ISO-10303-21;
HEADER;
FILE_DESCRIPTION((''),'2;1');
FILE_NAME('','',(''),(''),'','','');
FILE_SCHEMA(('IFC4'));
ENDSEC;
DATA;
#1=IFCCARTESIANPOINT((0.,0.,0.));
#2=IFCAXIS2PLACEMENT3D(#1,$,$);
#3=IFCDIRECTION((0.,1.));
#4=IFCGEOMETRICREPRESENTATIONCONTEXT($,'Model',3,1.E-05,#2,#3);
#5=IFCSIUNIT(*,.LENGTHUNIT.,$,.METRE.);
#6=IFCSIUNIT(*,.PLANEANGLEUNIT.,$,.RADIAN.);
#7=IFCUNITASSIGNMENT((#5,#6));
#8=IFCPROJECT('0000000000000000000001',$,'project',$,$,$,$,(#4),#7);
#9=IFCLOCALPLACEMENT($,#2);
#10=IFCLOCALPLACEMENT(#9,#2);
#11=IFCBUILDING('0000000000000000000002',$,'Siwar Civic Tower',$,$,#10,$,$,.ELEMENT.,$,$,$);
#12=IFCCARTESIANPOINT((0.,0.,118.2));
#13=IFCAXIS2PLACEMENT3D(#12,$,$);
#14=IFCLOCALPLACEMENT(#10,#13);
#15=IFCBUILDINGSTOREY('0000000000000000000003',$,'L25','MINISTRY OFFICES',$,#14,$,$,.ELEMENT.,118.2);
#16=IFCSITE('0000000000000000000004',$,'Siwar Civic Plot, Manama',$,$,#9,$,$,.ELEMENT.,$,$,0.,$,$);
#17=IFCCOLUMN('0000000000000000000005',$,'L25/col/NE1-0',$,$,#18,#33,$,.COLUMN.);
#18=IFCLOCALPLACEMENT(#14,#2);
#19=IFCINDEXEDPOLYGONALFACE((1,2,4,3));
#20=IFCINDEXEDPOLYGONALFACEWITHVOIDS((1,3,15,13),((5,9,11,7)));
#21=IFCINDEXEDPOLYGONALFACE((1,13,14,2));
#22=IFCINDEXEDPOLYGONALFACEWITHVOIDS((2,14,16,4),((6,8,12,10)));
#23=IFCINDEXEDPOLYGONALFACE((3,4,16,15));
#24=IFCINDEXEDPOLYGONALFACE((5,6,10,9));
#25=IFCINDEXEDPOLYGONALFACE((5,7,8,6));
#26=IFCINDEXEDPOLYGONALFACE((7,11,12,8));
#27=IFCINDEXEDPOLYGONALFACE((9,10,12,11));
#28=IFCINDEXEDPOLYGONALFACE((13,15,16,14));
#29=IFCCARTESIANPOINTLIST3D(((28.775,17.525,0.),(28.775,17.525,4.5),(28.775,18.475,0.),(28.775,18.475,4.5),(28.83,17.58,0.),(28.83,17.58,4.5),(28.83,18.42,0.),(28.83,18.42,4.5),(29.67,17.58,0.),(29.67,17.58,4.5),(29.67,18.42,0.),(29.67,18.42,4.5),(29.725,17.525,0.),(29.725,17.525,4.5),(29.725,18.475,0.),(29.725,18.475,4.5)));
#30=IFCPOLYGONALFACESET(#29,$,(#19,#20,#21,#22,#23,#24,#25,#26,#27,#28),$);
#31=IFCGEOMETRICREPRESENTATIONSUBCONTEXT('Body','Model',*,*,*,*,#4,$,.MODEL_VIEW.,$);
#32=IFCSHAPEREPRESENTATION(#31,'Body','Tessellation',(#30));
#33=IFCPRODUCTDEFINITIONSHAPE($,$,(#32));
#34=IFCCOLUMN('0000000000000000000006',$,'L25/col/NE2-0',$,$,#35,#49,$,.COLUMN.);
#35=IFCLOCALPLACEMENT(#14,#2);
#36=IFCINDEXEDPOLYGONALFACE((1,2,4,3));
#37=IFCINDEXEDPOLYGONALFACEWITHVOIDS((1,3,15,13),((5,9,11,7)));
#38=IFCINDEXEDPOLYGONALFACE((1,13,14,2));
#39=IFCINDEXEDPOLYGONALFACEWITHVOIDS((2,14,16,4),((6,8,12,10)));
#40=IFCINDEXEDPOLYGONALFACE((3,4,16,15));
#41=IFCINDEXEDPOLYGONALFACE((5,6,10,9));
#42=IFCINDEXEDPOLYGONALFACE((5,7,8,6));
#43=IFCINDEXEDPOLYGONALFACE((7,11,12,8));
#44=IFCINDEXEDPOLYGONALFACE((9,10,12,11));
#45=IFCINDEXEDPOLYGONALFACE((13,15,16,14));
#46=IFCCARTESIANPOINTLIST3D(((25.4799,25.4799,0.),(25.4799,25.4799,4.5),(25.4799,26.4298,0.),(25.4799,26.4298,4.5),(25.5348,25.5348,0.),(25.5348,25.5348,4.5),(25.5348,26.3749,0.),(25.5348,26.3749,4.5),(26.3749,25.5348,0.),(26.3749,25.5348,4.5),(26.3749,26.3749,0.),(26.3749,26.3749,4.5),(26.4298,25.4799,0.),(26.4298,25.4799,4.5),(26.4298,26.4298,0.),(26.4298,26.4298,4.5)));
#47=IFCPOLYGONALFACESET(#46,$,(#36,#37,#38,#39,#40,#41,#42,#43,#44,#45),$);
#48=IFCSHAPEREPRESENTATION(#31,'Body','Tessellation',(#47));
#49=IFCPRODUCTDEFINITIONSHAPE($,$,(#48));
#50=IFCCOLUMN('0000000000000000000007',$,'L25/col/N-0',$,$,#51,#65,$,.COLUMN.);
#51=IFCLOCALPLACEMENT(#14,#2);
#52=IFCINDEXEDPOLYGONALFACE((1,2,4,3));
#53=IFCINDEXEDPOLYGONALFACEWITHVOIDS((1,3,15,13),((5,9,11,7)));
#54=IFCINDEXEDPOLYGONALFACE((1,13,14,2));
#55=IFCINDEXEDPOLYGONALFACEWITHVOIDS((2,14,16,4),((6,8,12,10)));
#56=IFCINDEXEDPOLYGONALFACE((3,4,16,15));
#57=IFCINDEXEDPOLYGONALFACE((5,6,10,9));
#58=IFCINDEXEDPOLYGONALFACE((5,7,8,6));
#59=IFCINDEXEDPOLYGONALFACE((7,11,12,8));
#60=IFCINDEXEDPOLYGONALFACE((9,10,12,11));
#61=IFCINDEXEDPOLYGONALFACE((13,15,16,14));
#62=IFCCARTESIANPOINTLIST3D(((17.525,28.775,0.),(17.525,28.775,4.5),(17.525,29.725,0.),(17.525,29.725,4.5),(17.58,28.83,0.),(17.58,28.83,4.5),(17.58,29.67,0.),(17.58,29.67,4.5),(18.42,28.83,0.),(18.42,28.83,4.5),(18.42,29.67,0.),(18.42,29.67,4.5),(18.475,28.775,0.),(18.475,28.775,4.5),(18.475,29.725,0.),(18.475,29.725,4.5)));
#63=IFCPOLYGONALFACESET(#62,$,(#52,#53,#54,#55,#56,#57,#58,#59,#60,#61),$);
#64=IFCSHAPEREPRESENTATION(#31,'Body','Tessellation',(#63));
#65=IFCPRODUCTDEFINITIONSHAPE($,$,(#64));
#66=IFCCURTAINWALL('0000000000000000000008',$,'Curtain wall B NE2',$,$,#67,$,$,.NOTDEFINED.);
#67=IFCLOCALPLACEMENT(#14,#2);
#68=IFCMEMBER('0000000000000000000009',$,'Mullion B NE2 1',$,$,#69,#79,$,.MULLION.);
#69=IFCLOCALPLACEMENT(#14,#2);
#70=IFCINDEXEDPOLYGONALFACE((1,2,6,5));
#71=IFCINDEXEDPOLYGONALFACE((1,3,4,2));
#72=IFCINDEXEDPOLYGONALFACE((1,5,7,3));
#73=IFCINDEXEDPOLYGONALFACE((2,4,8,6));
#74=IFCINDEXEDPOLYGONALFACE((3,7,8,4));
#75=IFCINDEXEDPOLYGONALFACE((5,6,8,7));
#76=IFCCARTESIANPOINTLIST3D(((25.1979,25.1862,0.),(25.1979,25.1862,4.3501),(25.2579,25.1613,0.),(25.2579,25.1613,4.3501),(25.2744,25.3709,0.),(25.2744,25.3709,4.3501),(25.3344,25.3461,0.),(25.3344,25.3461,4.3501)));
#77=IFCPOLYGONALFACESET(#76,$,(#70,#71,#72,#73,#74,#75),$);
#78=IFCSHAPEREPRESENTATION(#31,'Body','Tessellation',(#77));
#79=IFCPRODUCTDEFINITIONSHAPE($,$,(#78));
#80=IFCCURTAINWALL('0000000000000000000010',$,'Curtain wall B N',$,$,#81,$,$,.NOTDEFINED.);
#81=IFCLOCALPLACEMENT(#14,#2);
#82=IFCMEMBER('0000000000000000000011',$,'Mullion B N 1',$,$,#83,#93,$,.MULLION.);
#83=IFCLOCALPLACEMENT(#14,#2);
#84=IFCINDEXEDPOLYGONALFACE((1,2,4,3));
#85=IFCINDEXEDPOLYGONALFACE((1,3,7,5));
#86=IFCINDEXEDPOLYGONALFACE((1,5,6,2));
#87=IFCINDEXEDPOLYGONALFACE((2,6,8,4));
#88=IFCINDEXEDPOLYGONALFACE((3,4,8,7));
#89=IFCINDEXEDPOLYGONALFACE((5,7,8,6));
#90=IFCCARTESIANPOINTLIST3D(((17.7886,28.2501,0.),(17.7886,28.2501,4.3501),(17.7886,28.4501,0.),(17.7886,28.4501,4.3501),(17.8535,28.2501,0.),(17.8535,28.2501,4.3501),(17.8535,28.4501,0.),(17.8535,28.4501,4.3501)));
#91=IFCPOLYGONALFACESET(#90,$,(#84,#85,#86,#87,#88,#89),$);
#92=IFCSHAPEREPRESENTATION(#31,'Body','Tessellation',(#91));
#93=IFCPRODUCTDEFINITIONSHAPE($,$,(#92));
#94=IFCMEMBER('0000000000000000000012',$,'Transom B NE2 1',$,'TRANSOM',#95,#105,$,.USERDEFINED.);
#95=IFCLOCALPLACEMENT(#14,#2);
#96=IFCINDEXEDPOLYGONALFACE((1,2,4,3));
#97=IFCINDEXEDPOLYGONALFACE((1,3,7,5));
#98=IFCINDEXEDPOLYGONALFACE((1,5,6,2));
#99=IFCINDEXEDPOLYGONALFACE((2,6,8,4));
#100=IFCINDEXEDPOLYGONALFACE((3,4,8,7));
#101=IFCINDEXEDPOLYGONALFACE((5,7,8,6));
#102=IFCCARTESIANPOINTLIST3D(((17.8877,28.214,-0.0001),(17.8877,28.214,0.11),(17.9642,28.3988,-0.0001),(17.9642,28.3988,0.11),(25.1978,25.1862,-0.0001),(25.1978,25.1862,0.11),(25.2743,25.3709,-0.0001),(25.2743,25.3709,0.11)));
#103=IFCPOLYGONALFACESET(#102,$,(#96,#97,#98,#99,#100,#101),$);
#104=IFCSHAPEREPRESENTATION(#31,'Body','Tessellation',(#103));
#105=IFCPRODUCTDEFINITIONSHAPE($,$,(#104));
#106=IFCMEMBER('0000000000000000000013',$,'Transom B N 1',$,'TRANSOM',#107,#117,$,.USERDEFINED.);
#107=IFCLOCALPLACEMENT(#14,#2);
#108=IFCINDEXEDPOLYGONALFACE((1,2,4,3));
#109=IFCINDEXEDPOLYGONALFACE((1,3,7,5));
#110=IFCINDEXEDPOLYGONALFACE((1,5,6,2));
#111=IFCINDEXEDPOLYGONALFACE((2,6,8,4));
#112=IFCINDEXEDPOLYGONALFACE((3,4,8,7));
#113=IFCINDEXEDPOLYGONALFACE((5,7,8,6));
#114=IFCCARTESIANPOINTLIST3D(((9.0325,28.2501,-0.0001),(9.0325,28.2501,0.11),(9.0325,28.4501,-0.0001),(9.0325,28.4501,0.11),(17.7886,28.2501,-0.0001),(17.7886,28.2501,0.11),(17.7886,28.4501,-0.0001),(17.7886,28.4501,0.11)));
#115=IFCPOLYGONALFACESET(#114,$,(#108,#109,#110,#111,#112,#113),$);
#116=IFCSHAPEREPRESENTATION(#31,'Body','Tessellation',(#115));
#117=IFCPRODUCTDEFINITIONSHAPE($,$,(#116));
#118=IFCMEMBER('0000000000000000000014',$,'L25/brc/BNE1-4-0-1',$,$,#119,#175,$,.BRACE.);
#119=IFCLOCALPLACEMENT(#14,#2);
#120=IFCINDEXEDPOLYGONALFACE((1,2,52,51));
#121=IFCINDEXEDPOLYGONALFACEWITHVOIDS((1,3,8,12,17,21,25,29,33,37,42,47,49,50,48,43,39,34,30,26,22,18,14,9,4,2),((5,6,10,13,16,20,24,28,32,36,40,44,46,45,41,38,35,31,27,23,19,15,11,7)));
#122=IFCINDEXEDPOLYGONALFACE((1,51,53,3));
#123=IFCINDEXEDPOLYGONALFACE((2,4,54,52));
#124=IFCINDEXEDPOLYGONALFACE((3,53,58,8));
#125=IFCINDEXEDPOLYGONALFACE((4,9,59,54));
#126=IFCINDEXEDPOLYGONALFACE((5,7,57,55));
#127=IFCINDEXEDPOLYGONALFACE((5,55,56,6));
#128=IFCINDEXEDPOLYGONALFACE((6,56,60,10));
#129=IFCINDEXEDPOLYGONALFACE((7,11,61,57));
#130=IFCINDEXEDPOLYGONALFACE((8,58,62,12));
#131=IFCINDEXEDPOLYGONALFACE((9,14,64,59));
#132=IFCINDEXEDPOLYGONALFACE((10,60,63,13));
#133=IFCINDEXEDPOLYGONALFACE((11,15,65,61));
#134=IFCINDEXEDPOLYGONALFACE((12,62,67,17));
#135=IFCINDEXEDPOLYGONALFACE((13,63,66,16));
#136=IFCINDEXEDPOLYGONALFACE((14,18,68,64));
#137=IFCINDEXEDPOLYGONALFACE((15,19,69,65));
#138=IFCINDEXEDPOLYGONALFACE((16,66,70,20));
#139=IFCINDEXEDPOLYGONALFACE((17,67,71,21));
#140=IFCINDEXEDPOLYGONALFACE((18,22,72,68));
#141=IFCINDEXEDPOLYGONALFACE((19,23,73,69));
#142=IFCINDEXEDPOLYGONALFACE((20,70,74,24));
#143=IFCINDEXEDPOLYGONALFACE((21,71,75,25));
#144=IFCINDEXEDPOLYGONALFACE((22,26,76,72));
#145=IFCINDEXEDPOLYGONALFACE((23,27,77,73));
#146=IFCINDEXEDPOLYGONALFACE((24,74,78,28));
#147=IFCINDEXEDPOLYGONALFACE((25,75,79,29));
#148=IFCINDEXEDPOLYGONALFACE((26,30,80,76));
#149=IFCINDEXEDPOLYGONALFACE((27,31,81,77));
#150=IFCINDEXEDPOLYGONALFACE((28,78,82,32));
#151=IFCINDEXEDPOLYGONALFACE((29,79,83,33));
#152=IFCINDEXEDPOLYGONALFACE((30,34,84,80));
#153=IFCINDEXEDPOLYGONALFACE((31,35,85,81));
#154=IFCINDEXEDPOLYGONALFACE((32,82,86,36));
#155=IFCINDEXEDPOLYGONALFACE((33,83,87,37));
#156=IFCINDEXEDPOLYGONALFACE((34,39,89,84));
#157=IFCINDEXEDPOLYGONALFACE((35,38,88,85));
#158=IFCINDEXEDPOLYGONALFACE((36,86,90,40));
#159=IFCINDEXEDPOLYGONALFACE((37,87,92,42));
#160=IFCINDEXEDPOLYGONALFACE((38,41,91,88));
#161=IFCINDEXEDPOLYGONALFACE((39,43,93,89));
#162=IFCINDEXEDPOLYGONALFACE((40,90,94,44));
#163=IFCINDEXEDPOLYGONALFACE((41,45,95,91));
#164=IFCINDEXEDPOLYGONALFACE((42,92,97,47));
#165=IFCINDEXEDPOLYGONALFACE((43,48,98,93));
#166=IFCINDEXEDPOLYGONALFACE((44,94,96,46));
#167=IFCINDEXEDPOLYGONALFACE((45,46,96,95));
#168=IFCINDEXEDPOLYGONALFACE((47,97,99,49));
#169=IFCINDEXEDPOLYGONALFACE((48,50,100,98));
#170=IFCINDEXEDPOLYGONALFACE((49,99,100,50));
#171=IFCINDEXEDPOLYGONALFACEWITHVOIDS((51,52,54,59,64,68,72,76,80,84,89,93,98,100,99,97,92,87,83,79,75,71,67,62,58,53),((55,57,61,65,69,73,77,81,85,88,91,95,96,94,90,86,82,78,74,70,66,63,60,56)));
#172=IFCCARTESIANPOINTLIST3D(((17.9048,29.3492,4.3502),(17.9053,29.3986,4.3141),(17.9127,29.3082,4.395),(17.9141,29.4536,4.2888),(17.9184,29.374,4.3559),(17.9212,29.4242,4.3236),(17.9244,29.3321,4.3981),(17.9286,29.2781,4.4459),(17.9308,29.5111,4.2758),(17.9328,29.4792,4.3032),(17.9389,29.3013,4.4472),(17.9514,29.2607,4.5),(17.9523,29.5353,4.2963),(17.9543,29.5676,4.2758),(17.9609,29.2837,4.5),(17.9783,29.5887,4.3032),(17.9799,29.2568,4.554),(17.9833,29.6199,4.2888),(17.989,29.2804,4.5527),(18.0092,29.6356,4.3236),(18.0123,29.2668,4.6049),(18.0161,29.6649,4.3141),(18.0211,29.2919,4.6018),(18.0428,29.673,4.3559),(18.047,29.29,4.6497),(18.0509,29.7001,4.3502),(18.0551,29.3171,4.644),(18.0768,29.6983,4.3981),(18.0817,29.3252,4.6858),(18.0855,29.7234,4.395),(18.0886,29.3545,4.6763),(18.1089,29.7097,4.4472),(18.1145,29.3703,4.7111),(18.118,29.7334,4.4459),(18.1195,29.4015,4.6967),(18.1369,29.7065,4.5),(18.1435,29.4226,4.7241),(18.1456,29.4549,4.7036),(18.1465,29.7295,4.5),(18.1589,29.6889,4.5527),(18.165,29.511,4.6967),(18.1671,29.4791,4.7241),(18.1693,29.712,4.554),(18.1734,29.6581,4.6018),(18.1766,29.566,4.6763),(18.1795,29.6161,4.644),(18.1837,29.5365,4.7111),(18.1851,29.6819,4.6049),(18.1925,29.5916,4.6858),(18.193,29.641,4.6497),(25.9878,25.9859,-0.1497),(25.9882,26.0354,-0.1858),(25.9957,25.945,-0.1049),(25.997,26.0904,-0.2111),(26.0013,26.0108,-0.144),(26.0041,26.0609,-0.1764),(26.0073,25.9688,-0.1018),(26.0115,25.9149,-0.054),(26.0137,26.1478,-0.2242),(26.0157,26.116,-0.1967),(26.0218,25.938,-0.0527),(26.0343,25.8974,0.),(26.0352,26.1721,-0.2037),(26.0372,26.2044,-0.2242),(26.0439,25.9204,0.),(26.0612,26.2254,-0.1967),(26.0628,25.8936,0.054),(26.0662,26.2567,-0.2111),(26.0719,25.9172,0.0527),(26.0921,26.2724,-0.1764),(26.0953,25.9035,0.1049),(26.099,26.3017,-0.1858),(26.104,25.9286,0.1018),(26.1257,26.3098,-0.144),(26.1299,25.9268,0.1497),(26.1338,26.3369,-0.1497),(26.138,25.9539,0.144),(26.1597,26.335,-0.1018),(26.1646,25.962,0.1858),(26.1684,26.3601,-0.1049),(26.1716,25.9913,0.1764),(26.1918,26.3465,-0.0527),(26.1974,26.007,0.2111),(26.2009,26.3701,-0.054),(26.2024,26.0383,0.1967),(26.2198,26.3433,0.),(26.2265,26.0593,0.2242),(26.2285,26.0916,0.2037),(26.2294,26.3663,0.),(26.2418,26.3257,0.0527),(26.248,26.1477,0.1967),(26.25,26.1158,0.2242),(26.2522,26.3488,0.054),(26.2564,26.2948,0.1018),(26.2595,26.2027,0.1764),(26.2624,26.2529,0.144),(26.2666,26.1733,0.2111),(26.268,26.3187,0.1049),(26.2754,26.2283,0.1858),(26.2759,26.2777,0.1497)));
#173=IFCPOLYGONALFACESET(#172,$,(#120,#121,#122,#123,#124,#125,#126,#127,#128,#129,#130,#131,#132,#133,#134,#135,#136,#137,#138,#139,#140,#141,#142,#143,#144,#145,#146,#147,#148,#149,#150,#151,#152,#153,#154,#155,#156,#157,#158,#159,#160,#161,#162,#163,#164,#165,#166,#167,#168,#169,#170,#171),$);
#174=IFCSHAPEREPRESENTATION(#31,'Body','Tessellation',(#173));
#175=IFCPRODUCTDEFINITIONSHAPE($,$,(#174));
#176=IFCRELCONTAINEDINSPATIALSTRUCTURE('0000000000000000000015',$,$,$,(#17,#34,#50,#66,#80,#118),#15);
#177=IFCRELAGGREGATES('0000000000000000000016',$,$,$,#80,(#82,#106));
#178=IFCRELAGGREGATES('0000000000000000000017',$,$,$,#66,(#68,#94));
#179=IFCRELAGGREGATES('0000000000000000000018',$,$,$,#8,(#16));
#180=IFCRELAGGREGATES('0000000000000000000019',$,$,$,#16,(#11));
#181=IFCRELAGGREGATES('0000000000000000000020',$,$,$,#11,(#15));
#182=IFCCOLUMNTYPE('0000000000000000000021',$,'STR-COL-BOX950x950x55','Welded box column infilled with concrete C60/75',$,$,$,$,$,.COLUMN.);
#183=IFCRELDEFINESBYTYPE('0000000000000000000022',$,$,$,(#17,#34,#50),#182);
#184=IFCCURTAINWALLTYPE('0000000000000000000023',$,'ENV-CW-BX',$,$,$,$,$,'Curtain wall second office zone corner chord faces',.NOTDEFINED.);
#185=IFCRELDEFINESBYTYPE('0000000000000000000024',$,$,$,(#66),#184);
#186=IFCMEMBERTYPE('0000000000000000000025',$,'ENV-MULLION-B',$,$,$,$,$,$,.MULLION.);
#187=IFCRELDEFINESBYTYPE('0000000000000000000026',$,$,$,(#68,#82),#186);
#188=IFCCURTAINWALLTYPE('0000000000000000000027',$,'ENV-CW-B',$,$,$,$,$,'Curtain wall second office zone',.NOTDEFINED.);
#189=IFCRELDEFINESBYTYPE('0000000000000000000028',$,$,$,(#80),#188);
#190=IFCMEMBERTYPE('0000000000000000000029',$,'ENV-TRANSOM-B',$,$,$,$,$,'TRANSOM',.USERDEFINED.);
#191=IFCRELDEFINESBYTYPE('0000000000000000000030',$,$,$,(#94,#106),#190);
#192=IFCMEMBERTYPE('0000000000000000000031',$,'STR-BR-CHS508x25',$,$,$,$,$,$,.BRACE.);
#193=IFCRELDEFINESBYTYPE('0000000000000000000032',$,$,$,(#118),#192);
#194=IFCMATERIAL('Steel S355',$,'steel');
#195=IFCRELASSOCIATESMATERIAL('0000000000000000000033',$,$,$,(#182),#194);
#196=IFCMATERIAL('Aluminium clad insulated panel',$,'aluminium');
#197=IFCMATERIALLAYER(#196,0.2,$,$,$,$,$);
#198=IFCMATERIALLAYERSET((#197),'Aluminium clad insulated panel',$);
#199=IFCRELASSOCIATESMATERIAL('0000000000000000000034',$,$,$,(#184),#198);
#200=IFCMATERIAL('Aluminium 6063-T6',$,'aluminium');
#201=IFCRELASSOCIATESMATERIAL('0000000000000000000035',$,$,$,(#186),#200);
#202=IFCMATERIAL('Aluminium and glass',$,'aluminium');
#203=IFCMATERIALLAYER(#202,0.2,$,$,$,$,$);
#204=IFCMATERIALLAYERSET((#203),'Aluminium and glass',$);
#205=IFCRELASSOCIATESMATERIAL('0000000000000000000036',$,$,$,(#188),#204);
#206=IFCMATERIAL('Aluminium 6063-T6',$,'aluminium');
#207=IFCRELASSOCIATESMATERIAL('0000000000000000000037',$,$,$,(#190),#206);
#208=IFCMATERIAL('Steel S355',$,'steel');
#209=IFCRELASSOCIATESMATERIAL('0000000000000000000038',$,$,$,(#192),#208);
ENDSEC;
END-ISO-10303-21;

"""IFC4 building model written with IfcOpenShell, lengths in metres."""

from ifc_helpers import new_model, si_unit, direction, frame, origin, origin_2d, place, context, subcontext, project, spatial, rectangle, hollow_rectangle, hollow_circle, extrude, material, layer, layer_set, material_profile, profile_set, type_object, element, aggregate, save


model = new_model("IFC4")

# Units and contexts
model_context = context("Model", 3, precision=1e-05, world=origin(), true_north=direction((0.0, 1.0)))
body_context = subcontext(model_context, "Body", "Model", "MODEL_VIEW")
ifc_project = project(units=[si_unit("LENGTHUNIT", "METRE"), si_unit("PLANEANGLEUNIT", "RADIAN")], contexts=[model_context])

# Site, building, storey
site_placement = place(None, origin())
site = spatial("IfcSite", under=ifc_project, at=site_placement, Name="Siwar Civic Plot, Manama", CompositionType="ELEMENT", RefElevation=0.0)
building_placement = place(site_placement, origin())
building = spatial("IfcBuilding", under=site, at=building_placement, Name="Siwar Civic Tower", CompositionType="ELEMENT")
storey_placement = place(building_placement, frame((0.0, 0.0, 118.2)))
storey = spatial("IfcBuildingStorey", under=building, at=storey_placement, Name="L25", Description="MINISTRY OFFICES", CompositionType="ELEMENT", Elevation=118.2)

# Columns
ifc_material_1 = material(Name="Steel S355", Category="steel")
ifc_material_profile_1 = material_profile(ifc_material_1, hollow_rectangle(XDim=0.95, YDim=0.95, WallThickness=0.0549, at=origin_2d()), Name="BOX950x950x55")
ifc_profile_set_1 = profile_set([ifc_material_profile_1], Name="Steel S355")
column_type = type_object("IfcColumnType", Name="STR-COL-BOX950x950x55", Description="Welded box column infilled with concrete C60/75", PredefinedType="COLUMN", material=ifc_profile_set_1)
for number, where, z_axis, x_axis, name in (
    (1, (29.25, 18.0, 0.0), (0.0, 0.0, 1.0), (1.0, 0.0, 0.0), "L25/col/NE1-0"),
    (2, (25.9548, 25.9548, 0.0), (0.0, 0.0, 1.0), (1.0, 0.0, 0.0), "L25/col/NE2-0"),
    (3, (18.0, 29.25, 0.0), (0.0, 0.0, 1.0), (1.0, 0.0, 0.0), "L25/col/N-0"),
):
    element("IfcColumn", number, at=place(storey_placement, frame(where, z_axis=z_axis, x_axis=x_axis)), inside=storey, type_object=column_type, Name=name, PredefinedType="COLUMN", context=body_context, shape_type="SweptSolid", body=[
        extrude(hollow_rectangle(XDim=0.95, YDim=0.95, WallThickness=0.0549, at=origin_2d()), origin(), (0.0, 0.0, 1.0), 4.5),
    ])

# Curtain walls, members
ifc_material_2 = material(Name="Aluminium clad insulated panel", Category="aluminium")
ifc_layer_1 = layer(ifc_material_2, 0.2)
ifc_layer_set_1 = layer_set([ifc_layer_1], Name="Aluminium clad insulated panel")
curtain_wall_type_1 = type_object("IfcCurtainWallType", Name="ENV-CW-BX", ElementType="Curtain wall second office zone corner chord faces", PredefinedType="NOTDEFINED", material=ifc_layer_set_1)
curtain_wall_1_placement = place(storey_placement, origin())
curtain_wall_1 = element("IfcCurtainWall", 4, at=curtain_wall_1_placement, inside=storey, type_object=curtain_wall_type_1, Name="Curtain wall B NE2", PredefinedType="NOTDEFINED")
ifc_material_3 = material(Name="Aluminium 6063-T6", Category="aluminium")
ifc_material_profile_2 = material_profile(ifc_material_3, rectangle(XDim=0.2, YDim=0.0649, at=origin_2d()), Name="AL 200x65")
ifc_profile_set_2 = profile_set([ifc_material_profile_2], Name="Aluminium 6063-T6")
member_type_1 = type_object("IfcMemberType", Name="ENV-MULLION-B", PredefinedType="MULLION", material=ifc_profile_set_2)
member_1_placement = place(storey_placement, frame((25.2661, 25.2661, 0.0), z_axis=(0.0, 0.0, 1.0), x_axis=(-0.382683, -0.92388, 0.0)))
member_1 = element("IfcMember", 5, at=member_1_placement, type_object=member_type_1, Name="Mullion B NE2 1", PredefinedType="MULLION", context=body_context, shape_type="SweptSolid", body=[
    extrude(rectangle(XDim=0.2, YDim=0.0649, at=origin_2d()), origin(), (0.0, 0.0, 1.0), 4.3501),
])
ifc_material_4 = material(Name="Aluminium and glass", Category="aluminium")
ifc_layer_2 = layer(ifc_material_4, 0.2)
ifc_layer_set_2 = layer_set([ifc_layer_2], Name="Aluminium and glass")
curtain_wall_type_2 = type_object("IfcCurtainWallType", Name="ENV-CW-B", ElementType="Curtain wall second office zone", PredefinedType="NOTDEFINED", material=ifc_layer_set_2)
curtain_wall_2_placement = place(storey_placement, origin())
curtain_wall_2 = element("IfcCurtainWall", 6, at=curtain_wall_2_placement, inside=storey, type_object=curtain_wall_type_2, Name="Curtain wall B N", PredefinedType="NOTDEFINED")
member_2_placement = place(storey_placement, frame((17.821, 28.3501, 0.0), z_axis=(0.0, 0.0, 1.0), x_axis=(0.0, -1.0, 0.0)))
member_2 = element("IfcMember", 7, at=member_2_placement, type_object=member_type_1, Name="Mullion B N 1", PredefinedType="MULLION", context=body_context, shape_type="SweptSolid", body=[
    extrude(rectangle(XDim=0.2, YDim=0.0649, at=origin_2d()), origin(), (0.0, 0.0, 1.0), 4.3501),
])

# Members
ifc_material_5 = material(Name="Aluminium 6063-T6", Category="aluminium")
ifc_material_profile_3 = material_profile(ifc_material_5, rectangle(XDim=0.2, YDim=0.1101, at=origin_2d()), Name="AL 200x110")
ifc_profile_set_3 = profile_set([ifc_material_profile_3], Name="Aluminium 6063-T6")
member_type_2 = type_object("IfcMemberType", Name="ENV-TRANSOM-B", ElementType="TRANSOM", PredefinedType="USERDEFINED", material=ifc_profile_set_3)
member_3_placement = place(storey_placement, frame((25.2361, 25.2786, 0.0549), z_axis=(-0.923884, 0.382673, 0.0), x_axis=(-0.382673, -0.923884, 0.0)))
member_3 = element("IfcMember", 8, at=member_3_placement, type_object=member_type_2, Name="Transom B NE2 1", ObjectType="TRANSOM", PredefinedType="USERDEFINED", context=body_context, shape_type="SweptSolid", body=[
    extrude(rectangle(XDim=0.2, YDim=0.1101, at=origin_2d()), origin(), (0.0, 0.0, 1.0), 7.9124),
])
member_4_placement = place(storey_placement, frame((17.7886, 28.3501, 0.0549), z_axis=(-1.0, 0.0, 0.0), x_axis=(0.0, -1.0, 0.0)))
member_4 = element("IfcMember", 9, at=member_4_placement, type_object=member_type_2, Name="Transom B N 1", ObjectType="TRANSOM", PredefinedType="USERDEFINED", context=body_context, shape_type="SweptSolid", body=[
    extrude(rectangle(XDim=0.2, YDim=0.1101, at=origin_2d()), origin(), (0.0, 0.0, 1.0), 8.7561),
])
aggregate(curtain_wall_2, [member_2, member_4])

# Member
ifc_material_6 = material(Name="Steel S355", Category="steel")
ifc_material_profile_4 = material_profile(ifc_material_6, hollow_circle(Radius=0.2539, WallThickness=0.0249, at=origin_2d()), Name="CHS508x25")
ifc_profile_set_4 = profile_set([ifc_material_profile_4], Name="Steel S355")
member_type_3 = type_object("IfcMemberType", Name="STR-BR-CHS508x25", PredefinedType="BRACE", material=ifc_profile_set_4)
member_5_placement = place(storey_placement, frame((26.1318, 26.1318, 0.0), z_axis=(-0.821143, 0.341671, 0.457149), x_axis=(-0.384164, -0.923265, 0.0)))
element("IfcMember", 10, at=member_5_placement, inside=storey, type_object=member_type_3, Name="L25/brc/BNE1-4-0-1", PredefinedType="BRACE", context=body_context, shape_type="SweptSolid", body=[
    extrude(hollow_circle(Radius=0.2539, WallThickness=0.0249, at=origin_2d()), origin(), (0.0, 0.0, 1.0), 9.8435),
])

aggregate(curtain_wall_1, [member_1, member_3])

save(model, "model.ifc")
